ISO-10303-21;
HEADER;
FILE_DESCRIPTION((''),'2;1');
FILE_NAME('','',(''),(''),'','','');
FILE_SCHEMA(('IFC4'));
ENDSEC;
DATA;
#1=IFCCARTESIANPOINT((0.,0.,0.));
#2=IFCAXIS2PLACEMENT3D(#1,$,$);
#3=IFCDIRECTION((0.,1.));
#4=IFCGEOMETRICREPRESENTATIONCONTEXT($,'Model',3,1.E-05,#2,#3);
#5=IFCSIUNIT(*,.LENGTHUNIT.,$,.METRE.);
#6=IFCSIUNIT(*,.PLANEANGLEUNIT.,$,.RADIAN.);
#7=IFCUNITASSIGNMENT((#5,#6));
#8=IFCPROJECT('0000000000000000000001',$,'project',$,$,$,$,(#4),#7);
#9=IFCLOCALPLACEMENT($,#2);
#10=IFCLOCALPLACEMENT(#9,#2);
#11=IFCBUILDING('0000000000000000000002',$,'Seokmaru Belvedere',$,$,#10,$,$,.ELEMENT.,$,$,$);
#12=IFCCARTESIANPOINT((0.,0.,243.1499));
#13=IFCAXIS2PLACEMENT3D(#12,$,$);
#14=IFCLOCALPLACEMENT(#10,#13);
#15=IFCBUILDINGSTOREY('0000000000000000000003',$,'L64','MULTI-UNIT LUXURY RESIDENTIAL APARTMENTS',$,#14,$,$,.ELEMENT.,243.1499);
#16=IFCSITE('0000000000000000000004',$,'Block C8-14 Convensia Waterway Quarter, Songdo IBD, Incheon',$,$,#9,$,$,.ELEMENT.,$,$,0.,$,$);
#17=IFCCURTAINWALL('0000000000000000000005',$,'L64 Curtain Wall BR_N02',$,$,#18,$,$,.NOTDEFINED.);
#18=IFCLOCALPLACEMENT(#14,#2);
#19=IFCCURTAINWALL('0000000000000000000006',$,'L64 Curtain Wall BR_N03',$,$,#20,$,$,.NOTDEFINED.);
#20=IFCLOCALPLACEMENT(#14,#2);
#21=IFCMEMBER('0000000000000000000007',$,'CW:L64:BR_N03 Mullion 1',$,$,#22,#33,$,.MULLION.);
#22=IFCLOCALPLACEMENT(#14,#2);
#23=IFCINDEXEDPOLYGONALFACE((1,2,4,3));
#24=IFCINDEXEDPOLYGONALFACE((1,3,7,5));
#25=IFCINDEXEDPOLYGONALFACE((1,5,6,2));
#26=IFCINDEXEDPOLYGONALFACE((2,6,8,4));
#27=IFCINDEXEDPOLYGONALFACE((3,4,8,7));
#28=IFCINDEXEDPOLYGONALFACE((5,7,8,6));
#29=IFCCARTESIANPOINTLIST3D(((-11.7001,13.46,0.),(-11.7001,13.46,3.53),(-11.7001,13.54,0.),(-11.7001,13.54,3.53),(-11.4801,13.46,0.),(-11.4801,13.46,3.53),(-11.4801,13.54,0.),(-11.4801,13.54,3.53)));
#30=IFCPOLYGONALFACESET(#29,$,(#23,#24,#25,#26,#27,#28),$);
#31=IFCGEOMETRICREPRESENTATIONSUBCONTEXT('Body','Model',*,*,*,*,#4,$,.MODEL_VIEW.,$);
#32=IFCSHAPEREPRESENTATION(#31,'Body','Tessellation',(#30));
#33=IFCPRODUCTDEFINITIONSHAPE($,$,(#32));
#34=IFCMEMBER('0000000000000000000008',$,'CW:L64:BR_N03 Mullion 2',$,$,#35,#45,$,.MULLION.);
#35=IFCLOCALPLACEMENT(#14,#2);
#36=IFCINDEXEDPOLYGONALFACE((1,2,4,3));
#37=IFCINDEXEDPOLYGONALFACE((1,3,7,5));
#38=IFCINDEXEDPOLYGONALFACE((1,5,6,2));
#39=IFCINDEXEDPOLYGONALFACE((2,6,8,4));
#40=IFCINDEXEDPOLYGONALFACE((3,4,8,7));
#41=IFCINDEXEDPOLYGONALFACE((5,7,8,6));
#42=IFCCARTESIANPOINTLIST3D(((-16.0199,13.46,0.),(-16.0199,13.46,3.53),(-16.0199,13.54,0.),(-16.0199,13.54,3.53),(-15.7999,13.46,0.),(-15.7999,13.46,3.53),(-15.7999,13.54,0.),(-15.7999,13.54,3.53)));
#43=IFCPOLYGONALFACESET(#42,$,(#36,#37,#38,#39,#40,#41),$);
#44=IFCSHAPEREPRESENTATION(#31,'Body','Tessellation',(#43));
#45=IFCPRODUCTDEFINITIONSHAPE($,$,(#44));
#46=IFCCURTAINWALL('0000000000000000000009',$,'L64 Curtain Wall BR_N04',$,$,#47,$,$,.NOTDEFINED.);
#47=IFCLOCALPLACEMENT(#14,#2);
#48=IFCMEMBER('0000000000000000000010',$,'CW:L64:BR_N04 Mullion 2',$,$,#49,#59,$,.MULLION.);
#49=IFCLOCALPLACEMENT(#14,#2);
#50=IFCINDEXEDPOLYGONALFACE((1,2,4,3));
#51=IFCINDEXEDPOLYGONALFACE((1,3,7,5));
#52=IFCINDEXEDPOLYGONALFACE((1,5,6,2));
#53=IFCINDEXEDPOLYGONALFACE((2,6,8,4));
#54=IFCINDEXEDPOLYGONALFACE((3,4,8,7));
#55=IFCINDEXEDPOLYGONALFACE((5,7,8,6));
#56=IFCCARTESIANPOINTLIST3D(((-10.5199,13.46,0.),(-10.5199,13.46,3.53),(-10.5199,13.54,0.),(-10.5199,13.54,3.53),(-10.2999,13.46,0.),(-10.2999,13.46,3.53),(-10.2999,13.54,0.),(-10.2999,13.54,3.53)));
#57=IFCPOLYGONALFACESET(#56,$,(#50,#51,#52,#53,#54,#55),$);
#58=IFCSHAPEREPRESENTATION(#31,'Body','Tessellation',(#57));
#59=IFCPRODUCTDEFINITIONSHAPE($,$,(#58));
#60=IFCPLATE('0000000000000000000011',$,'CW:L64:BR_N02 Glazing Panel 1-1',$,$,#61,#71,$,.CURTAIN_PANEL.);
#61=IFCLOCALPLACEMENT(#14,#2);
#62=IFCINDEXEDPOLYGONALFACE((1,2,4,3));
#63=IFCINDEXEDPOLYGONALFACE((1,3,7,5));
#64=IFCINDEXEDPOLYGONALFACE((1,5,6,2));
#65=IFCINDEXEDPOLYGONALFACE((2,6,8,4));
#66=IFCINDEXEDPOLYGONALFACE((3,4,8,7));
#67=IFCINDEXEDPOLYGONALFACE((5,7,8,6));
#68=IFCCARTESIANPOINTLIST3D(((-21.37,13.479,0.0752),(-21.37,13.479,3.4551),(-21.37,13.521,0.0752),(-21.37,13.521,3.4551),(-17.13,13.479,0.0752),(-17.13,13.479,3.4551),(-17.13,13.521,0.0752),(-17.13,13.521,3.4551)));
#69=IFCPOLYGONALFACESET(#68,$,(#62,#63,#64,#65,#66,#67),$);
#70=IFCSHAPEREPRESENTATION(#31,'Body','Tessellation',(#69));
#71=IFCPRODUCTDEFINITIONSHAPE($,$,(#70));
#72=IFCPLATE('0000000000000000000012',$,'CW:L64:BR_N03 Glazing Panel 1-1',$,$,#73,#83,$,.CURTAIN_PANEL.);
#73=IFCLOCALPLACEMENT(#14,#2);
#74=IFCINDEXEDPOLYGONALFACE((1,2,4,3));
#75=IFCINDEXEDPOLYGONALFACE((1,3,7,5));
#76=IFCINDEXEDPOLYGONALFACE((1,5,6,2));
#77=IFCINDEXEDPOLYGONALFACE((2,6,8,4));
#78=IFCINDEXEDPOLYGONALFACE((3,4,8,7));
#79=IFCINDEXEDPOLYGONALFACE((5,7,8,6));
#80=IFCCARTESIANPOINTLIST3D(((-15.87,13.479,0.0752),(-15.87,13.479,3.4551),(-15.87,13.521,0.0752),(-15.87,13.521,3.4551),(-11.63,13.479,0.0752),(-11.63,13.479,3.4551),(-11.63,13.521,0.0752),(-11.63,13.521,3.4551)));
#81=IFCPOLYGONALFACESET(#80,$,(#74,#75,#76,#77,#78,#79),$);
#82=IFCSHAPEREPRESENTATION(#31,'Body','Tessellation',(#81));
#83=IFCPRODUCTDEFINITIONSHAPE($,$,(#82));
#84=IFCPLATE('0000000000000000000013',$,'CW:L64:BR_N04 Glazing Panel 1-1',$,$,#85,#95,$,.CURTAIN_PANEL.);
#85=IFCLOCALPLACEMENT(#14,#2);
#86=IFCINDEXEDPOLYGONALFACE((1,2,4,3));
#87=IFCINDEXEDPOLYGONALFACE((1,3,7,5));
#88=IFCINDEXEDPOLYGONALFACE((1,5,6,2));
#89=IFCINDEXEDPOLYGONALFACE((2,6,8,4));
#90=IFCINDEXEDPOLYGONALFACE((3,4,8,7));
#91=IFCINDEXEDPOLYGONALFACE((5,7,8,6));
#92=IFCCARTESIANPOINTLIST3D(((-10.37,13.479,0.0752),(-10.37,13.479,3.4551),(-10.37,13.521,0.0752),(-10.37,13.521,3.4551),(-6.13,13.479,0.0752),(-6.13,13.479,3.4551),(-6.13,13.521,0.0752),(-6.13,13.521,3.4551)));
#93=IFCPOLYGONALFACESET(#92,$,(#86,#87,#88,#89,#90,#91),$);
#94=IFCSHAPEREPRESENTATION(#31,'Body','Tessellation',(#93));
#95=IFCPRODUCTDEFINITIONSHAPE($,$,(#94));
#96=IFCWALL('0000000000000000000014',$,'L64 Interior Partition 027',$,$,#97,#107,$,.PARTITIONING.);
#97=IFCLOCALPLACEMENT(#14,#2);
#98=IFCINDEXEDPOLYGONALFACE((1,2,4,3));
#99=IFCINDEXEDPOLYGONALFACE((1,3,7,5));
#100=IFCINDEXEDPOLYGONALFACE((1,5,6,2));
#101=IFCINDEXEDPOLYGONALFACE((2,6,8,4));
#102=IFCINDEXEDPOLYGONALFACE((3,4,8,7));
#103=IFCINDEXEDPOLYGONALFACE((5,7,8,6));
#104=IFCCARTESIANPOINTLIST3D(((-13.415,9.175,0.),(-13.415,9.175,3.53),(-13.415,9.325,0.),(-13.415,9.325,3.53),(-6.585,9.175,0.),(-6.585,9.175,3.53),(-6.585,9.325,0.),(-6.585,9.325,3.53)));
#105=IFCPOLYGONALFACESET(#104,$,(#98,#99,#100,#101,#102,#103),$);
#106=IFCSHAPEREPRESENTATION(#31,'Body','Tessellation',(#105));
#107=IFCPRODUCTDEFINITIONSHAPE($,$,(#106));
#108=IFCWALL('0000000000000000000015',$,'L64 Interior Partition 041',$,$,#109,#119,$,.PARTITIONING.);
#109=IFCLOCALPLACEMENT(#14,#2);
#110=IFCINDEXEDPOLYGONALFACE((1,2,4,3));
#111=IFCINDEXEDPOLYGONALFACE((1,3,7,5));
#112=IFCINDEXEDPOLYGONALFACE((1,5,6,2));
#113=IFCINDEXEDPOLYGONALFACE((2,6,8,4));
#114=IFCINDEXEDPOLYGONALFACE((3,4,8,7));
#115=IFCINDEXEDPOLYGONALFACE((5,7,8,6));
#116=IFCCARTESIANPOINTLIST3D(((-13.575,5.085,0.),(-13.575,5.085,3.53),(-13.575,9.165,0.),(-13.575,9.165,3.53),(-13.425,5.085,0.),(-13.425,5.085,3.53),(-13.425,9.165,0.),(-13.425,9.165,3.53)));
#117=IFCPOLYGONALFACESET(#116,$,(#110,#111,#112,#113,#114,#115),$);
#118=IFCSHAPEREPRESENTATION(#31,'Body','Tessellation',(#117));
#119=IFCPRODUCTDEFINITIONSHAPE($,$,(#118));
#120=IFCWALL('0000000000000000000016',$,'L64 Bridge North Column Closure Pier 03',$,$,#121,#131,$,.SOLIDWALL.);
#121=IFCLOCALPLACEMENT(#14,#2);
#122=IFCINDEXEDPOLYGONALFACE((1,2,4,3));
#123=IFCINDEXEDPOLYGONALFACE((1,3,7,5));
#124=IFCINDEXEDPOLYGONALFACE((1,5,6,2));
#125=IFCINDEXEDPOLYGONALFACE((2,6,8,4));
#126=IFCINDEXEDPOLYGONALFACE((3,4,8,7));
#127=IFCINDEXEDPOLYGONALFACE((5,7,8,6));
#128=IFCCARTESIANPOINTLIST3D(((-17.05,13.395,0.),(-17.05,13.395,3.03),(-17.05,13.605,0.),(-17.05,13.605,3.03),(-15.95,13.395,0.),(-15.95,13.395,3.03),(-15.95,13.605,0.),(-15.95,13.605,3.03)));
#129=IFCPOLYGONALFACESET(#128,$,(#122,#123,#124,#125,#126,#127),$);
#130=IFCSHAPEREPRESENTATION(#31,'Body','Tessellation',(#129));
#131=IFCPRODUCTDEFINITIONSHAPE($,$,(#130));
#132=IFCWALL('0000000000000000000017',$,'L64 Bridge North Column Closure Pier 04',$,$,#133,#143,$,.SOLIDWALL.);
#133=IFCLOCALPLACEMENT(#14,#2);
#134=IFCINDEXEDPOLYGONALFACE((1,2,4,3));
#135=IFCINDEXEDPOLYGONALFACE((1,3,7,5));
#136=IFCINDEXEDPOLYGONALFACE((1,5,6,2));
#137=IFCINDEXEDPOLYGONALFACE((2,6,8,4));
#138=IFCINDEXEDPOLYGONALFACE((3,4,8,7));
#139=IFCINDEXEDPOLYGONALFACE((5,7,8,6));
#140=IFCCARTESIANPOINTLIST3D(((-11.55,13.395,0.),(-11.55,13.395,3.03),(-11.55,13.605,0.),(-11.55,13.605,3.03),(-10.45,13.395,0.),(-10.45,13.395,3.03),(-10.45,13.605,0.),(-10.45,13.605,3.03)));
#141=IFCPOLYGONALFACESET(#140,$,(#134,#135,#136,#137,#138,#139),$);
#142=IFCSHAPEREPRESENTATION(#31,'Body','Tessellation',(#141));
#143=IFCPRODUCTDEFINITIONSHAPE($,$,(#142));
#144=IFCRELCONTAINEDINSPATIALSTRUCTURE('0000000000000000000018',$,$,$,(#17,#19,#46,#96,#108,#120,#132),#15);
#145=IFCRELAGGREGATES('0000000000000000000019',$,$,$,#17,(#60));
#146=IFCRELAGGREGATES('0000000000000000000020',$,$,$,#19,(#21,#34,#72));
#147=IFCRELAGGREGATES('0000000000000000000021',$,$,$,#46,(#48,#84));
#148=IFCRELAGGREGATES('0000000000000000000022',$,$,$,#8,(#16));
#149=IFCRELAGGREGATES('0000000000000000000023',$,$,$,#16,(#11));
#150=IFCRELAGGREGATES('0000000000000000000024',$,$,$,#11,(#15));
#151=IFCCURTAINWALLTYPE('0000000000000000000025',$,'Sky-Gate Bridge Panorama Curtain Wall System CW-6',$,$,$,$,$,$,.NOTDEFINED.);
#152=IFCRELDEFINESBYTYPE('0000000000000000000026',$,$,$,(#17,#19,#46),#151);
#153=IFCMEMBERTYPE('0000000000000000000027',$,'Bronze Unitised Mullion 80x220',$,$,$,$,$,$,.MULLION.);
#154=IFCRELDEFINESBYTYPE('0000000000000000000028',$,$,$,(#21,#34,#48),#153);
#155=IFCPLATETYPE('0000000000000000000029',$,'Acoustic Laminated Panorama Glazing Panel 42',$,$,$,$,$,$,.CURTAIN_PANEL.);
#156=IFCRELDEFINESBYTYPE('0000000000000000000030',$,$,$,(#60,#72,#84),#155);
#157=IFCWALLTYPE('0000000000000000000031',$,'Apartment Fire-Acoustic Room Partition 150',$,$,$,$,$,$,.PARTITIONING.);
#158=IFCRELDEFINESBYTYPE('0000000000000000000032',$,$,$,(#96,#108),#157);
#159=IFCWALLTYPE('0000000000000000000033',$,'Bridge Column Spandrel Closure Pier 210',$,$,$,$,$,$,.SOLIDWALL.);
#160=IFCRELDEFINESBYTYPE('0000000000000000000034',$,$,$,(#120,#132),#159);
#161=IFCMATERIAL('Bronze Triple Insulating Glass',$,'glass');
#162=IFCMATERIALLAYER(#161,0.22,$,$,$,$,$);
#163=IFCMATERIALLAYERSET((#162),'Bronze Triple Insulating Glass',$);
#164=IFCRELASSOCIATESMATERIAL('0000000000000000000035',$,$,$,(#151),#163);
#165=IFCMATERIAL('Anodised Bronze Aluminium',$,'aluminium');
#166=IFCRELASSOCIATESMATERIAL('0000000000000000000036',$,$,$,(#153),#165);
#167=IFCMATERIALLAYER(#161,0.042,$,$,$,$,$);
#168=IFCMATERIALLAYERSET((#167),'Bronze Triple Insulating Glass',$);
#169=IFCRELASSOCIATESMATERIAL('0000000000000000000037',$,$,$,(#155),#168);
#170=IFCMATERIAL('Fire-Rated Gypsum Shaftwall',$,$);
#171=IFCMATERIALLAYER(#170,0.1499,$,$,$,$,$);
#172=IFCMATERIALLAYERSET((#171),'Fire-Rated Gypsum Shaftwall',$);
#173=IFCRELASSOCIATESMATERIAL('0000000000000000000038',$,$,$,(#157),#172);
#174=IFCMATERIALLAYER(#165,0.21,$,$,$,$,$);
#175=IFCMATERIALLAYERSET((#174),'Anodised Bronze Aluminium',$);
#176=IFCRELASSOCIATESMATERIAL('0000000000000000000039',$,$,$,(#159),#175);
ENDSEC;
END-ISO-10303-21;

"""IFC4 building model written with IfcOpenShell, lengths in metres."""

from ifc_helpers import new_model, si_unit, direction, frame, frame_2d, origin, origin_2d, place, context, subcontext, project, spatial, rectangle, extrude, source, transform, mapped, material, layer, layer_set, material_profile, profile_set, type_object, type_shapes, element, aggregate, save


model = new_model("IFC4")

# Units and contexts
model_context = context("Model", 3, precision=1e-05, world=origin(), true_north=direction((0.0, 1.0)))
body_context = subcontext(model_context, "Body", "Model", "MODEL_VIEW")
ifc_project = project(units=[si_unit("LENGTHUNIT", "METRE"), si_unit("PLANEANGLEUNIT", "RADIAN")], contexts=[model_context])

# Site, building, storey
site_placement = place(None, origin())
site = spatial("IfcSite", under=ifc_project, at=site_placement, Name="Block C8-14 Convensia Waterway Quarter, Songdo IBD, Incheon", CompositionType="ELEMENT", RefElevation=0.0)
building_placement = place(site_placement, origin())
building = spatial("IfcBuilding", under=site, at=building_placement, Name="Seokmaru Belvedere", CompositionType="ELEMENT")
storey_placement = place(building_placement, frame((0.0, 0.0, 243.1499)))
storey = spatial("IfcBuildingStorey", under=building, at=storey_placement, Name="L64", Description="MULTI-UNIT LUXURY RESIDENTIAL APARTMENTS", CompositionType="ELEMENT", Elevation=243.1499)

# Curtain walls
ifc_material_1 = material(Name="Bronze Triple Insulating Glass", Category="glass")
ifc_layer_1 = layer(ifc_material_1, 0.22)
ifc_layer_set_1 = layer_set([ifc_layer_1], Name="Bronze Triple Insulating Glass")
curtain_wall_type = type_object("IfcCurtainWallType", Name="Sky-Gate Bridge Panorama Curtain Wall System CW-6", PredefinedType="NOTDEFINED", material=ifc_layer_set_1)
curtain_wall_1_placement = place(storey_placement, origin())
curtain_wall_1 = element("IfcCurtainWall", 1, at=curtain_wall_1_placement, inside=storey, type_object=curtain_wall_type, Name="L64 Curtain Wall BR_N02", PredefinedType="NOTDEFINED")
ifc_material_2 = material(Name="Anodised Bronze Aluminium", Category="aluminium")
curtain_wall_2_placement = place(storey_placement, origin())
curtain_wall_2 = element("IfcCurtainWall", 2, at=curtain_wall_2_placement, inside=storey, type_object=curtain_wall_type, Name="L64 Curtain Wall BR_N03", PredefinedType="NOTDEFINED")

# Members
ifc_material_profile_1 = material_profile(ifc_material_2, rectangle(XDim=0.0801, YDim=0.22, at=origin_2d()), Name="CW-M-80x220")
ifc_profile_set_1 = profile_set([ifc_material_profile_1], Name="Anodised Bronze Aluminium")
member_type_1 = type_object("IfcMemberType", Name="Bronze Unitised Mullion 80x220", PredefinedType="MULLION", material=ifc_profile_set_1)
shared_shape_1 = source(origin(), body_context, "Body", "SweptSolid", [
    extrude(rectangle(XDim=0.0801, YDim=0.22, at=origin_2d()), origin(), (0.0, 0.0, 1.0), 3.53),
])
type_shapes(member_type_1, [shared_shape_1])
member_1_placement = place(storey_placement, frame((-11.5901, 13.5, 0.0), z_axis=(0.0, 0.0, 1.0), x_axis=(0.0, -1.0, 0.0)))
member_1 = element("IfcMember", 3, at=member_1_placement, type_object=member_type_1, Name="CW:L64:BR_N03 Mullion 1", PredefinedType="MULLION", context=body_context, shape_type="MappedRepresentation", body=[
    mapped(shared_shape_1, transform((0.0, 0.0, 0.0), scale=1.0)),
])
member_2_placement = place(storey_placement, frame((-15.9099, 13.5, 0.0), z_axis=(0.0, 0.0, 1.0), x_axis=(0.0, -1.0, 0.0)))
member_2 = element("IfcMember", 4, at=member_2_placement, type_object=member_type_1, Name="CW:L64:BR_N03 Mullion 2", PredefinedType="MULLION", context=body_context, shape_type="MappedRepresentation", body=[
    mapped(shared_shape_1, transform((0.0, 0.0, 0.0), scale=1.0)),
])

# Curtain wall, member
curtain_wall_3_placement = place(storey_placement, origin())
curtain_wall_3 = element("IfcCurtainWall", 5, at=curtain_wall_3_placement, inside=storey, type_object=curtain_wall_type, Name="L64 Curtain Wall BR_N04", PredefinedType="NOTDEFINED")
member_3_placement = place(storey_placement, frame((-10.4099, 13.5, 0.0), z_axis=(0.0, 0.0, 1.0), x_axis=(0.0, -1.0, 0.0)))
member_3 = element("IfcMember", 6, at=member_3_placement, type_object=member_type_1, Name="CW:L64:BR_N04 Mullion 2", PredefinedType="MULLION", context=body_context, shape_type="MappedRepresentation", body=[
    mapped(shared_shape_1, transform((0.0, 0.0, 0.0), scale=1.0)),
])

# Plates
ifc_layer_2 = layer(ifc_material_1, 0.042)
ifc_layer_set_2 = layer_set([ifc_layer_2], Name="Bronze Triple Insulating Glass")
plate_type = type_object("IfcPlateType", Name="Acoustic Laminated Panorama Glazing Panel 42", PredefinedType="CURTAIN_PANEL", material=ifc_layer_set_2)
shared_shape_2 = source(origin(), body_context, "Body", "SweptSolid", [
    extrude(rectangle(XDim=4.24, YDim=0.042, at=origin_2d()), origin(), (0.0, 0.0, 1.0), 3.3799),
])
type_shapes(plate_type, [shared_shape_2])
plate_1_placement = place(storey_placement, frame((-19.25, 13.5, 0.0752), z_axis=(0.0, 0.0, 1.0), x_axis=(-1.0, 0.0, 0.0)))
plate_1 = element("IfcPlate", 7, at=plate_1_placement, type_object=plate_type, Name="CW:L64:BR_N02 Glazing Panel 1-1", PredefinedType="CURTAIN_PANEL", context=body_context, shape_type="MappedRepresentation", body=[
    mapped(shared_shape_2, transform((0.0, 0.0, 0.0), scale=1.0)),
])
aggregate(curtain_wall_1, [plate_1])
plate_2_placement = place(storey_placement, frame((-13.75, 13.5, 0.0752), z_axis=(0.0, 0.0, 1.0), x_axis=(-1.0, 0.0, 0.0)))
plate_2 = element("IfcPlate", 8, at=plate_2_placement, type_object=plate_type, Name="CW:L64:BR_N03 Glazing Panel 1-1", PredefinedType="CURTAIN_PANEL", context=body_context, shape_type="MappedRepresentation", body=[
    mapped(shared_shape_2, transform((0.0, 0.0, 0.0), scale=1.0)),
])
aggregate(curtain_wall_2, [member_1, member_2, plate_2])
plate_3_placement = place(storey_placement, frame((-8.25, 13.5, 0.0752), z_axis=(0.0, 0.0, 1.0), x_axis=(-1.0, 0.0, 0.0)))
plate_3 = element("IfcPlate", 9, at=plate_3_placement, type_object=plate_type, Name="CW:L64:BR_N04 Glazing Panel 1-1", PredefinedType="CURTAIN_PANEL", context=body_context, shape_type="MappedRepresentation", body=[
    mapped(shared_shape_2, transform((0.0, 0.0, 0.0), scale=1.0)),
])
aggregate(curtain_wall_3, [member_3, plate_3])

# Walls
ifc_material_3 = material(Name="Fire-Rated Gypsum Shaftwall")
ifc_layer_3 = layer(ifc_material_3, 0.1499)
ifc_layer_set_3 = layer_set([ifc_layer_3], Name="Fire-Rated Gypsum Shaftwall")
wall_type_1 = type_object("IfcWallType", Name="Apartment Fire-Acoustic Room Partition 150", PredefinedType="PARTITIONING", material=ifc_layer_set_3)
wall_1_placement = place(storey_placement, frame((-13.415, 9.25, 0.0), z_axis=(0.0, 0.0, 1.0), x_axis=(1.0, 0.0, 0.0)))
element("IfcWall", 10, at=wall_1_placement, inside=storey, type_object=wall_type_1, Name="L64 Interior Partition 027", PredefinedType="PARTITIONING", context=body_context, shape_type="SweptSolid", body=[
    extrude(rectangle(XDim=6.8301, YDim=0.1499, at=frame_2d((3.415, 0.0))), origin(), (0.0, 0.0, 1.0), 3.53),
])
wall_2_placement = place(storey_placement, frame((-13.5, 5.085, 0.0), z_axis=(0.0, 0.0, 1.0), x_axis=(0.0, 1.0, 0.0)))
element("IfcWall", 11, at=wall_2_placement, inside=storey, type_object=wall_type_1, Name="L64 Interior Partition 041", PredefinedType="PARTITIONING", context=body_context, shape_type="SweptSolid", body=[
    extrude(rectangle(XDim=4.0801, YDim=0.1499, at=frame_2d((2.04, 0.0))), origin(), (0.0, 0.0, 1.0), 3.53),
])
ifc_layer_4 = layer(ifc_material_2, 0.21)
ifc_layer_set_4 = layer_set([ifc_layer_4], Name="Anodised Bronze Aluminium")
wall_type_2 = type_object("IfcWallType", Name="Bridge Column Spandrel Closure Pier 210", PredefinedType="SOLIDWALL", material=ifc_layer_set_4)
for number, where, z_axis, x_axis, name in (
    (12, (-17.05, 13.5, 0.0), (0.0, 0.0, 1.0), (1.0, 0.0, 0.0), "L64 Bridge North Column Closure Pier 03"),
    (13, (-11.55, 13.5, 0.0), (0.0, 0.0, 1.0), (1.0, 0.0, 0.0), "L64 Bridge North Column Closure Pier 04"),
):
    element("IfcWall", number, at=place(storey_placement, frame(where, z_axis=z_axis, x_axis=x_axis)), inside=storey, type_object=wall_type_2, Name=name, PredefinedType="SOLIDWALL", context=body_context, shape_type="SweptSolid", body=[
        extrude(rectangle(XDim=1.1001, YDim=0.21, at=frame_2d((0.55, 0.0))), origin(), (0.0, 0.0, 1.0), 3.03),
    ])

save(model, "model.ifc")
